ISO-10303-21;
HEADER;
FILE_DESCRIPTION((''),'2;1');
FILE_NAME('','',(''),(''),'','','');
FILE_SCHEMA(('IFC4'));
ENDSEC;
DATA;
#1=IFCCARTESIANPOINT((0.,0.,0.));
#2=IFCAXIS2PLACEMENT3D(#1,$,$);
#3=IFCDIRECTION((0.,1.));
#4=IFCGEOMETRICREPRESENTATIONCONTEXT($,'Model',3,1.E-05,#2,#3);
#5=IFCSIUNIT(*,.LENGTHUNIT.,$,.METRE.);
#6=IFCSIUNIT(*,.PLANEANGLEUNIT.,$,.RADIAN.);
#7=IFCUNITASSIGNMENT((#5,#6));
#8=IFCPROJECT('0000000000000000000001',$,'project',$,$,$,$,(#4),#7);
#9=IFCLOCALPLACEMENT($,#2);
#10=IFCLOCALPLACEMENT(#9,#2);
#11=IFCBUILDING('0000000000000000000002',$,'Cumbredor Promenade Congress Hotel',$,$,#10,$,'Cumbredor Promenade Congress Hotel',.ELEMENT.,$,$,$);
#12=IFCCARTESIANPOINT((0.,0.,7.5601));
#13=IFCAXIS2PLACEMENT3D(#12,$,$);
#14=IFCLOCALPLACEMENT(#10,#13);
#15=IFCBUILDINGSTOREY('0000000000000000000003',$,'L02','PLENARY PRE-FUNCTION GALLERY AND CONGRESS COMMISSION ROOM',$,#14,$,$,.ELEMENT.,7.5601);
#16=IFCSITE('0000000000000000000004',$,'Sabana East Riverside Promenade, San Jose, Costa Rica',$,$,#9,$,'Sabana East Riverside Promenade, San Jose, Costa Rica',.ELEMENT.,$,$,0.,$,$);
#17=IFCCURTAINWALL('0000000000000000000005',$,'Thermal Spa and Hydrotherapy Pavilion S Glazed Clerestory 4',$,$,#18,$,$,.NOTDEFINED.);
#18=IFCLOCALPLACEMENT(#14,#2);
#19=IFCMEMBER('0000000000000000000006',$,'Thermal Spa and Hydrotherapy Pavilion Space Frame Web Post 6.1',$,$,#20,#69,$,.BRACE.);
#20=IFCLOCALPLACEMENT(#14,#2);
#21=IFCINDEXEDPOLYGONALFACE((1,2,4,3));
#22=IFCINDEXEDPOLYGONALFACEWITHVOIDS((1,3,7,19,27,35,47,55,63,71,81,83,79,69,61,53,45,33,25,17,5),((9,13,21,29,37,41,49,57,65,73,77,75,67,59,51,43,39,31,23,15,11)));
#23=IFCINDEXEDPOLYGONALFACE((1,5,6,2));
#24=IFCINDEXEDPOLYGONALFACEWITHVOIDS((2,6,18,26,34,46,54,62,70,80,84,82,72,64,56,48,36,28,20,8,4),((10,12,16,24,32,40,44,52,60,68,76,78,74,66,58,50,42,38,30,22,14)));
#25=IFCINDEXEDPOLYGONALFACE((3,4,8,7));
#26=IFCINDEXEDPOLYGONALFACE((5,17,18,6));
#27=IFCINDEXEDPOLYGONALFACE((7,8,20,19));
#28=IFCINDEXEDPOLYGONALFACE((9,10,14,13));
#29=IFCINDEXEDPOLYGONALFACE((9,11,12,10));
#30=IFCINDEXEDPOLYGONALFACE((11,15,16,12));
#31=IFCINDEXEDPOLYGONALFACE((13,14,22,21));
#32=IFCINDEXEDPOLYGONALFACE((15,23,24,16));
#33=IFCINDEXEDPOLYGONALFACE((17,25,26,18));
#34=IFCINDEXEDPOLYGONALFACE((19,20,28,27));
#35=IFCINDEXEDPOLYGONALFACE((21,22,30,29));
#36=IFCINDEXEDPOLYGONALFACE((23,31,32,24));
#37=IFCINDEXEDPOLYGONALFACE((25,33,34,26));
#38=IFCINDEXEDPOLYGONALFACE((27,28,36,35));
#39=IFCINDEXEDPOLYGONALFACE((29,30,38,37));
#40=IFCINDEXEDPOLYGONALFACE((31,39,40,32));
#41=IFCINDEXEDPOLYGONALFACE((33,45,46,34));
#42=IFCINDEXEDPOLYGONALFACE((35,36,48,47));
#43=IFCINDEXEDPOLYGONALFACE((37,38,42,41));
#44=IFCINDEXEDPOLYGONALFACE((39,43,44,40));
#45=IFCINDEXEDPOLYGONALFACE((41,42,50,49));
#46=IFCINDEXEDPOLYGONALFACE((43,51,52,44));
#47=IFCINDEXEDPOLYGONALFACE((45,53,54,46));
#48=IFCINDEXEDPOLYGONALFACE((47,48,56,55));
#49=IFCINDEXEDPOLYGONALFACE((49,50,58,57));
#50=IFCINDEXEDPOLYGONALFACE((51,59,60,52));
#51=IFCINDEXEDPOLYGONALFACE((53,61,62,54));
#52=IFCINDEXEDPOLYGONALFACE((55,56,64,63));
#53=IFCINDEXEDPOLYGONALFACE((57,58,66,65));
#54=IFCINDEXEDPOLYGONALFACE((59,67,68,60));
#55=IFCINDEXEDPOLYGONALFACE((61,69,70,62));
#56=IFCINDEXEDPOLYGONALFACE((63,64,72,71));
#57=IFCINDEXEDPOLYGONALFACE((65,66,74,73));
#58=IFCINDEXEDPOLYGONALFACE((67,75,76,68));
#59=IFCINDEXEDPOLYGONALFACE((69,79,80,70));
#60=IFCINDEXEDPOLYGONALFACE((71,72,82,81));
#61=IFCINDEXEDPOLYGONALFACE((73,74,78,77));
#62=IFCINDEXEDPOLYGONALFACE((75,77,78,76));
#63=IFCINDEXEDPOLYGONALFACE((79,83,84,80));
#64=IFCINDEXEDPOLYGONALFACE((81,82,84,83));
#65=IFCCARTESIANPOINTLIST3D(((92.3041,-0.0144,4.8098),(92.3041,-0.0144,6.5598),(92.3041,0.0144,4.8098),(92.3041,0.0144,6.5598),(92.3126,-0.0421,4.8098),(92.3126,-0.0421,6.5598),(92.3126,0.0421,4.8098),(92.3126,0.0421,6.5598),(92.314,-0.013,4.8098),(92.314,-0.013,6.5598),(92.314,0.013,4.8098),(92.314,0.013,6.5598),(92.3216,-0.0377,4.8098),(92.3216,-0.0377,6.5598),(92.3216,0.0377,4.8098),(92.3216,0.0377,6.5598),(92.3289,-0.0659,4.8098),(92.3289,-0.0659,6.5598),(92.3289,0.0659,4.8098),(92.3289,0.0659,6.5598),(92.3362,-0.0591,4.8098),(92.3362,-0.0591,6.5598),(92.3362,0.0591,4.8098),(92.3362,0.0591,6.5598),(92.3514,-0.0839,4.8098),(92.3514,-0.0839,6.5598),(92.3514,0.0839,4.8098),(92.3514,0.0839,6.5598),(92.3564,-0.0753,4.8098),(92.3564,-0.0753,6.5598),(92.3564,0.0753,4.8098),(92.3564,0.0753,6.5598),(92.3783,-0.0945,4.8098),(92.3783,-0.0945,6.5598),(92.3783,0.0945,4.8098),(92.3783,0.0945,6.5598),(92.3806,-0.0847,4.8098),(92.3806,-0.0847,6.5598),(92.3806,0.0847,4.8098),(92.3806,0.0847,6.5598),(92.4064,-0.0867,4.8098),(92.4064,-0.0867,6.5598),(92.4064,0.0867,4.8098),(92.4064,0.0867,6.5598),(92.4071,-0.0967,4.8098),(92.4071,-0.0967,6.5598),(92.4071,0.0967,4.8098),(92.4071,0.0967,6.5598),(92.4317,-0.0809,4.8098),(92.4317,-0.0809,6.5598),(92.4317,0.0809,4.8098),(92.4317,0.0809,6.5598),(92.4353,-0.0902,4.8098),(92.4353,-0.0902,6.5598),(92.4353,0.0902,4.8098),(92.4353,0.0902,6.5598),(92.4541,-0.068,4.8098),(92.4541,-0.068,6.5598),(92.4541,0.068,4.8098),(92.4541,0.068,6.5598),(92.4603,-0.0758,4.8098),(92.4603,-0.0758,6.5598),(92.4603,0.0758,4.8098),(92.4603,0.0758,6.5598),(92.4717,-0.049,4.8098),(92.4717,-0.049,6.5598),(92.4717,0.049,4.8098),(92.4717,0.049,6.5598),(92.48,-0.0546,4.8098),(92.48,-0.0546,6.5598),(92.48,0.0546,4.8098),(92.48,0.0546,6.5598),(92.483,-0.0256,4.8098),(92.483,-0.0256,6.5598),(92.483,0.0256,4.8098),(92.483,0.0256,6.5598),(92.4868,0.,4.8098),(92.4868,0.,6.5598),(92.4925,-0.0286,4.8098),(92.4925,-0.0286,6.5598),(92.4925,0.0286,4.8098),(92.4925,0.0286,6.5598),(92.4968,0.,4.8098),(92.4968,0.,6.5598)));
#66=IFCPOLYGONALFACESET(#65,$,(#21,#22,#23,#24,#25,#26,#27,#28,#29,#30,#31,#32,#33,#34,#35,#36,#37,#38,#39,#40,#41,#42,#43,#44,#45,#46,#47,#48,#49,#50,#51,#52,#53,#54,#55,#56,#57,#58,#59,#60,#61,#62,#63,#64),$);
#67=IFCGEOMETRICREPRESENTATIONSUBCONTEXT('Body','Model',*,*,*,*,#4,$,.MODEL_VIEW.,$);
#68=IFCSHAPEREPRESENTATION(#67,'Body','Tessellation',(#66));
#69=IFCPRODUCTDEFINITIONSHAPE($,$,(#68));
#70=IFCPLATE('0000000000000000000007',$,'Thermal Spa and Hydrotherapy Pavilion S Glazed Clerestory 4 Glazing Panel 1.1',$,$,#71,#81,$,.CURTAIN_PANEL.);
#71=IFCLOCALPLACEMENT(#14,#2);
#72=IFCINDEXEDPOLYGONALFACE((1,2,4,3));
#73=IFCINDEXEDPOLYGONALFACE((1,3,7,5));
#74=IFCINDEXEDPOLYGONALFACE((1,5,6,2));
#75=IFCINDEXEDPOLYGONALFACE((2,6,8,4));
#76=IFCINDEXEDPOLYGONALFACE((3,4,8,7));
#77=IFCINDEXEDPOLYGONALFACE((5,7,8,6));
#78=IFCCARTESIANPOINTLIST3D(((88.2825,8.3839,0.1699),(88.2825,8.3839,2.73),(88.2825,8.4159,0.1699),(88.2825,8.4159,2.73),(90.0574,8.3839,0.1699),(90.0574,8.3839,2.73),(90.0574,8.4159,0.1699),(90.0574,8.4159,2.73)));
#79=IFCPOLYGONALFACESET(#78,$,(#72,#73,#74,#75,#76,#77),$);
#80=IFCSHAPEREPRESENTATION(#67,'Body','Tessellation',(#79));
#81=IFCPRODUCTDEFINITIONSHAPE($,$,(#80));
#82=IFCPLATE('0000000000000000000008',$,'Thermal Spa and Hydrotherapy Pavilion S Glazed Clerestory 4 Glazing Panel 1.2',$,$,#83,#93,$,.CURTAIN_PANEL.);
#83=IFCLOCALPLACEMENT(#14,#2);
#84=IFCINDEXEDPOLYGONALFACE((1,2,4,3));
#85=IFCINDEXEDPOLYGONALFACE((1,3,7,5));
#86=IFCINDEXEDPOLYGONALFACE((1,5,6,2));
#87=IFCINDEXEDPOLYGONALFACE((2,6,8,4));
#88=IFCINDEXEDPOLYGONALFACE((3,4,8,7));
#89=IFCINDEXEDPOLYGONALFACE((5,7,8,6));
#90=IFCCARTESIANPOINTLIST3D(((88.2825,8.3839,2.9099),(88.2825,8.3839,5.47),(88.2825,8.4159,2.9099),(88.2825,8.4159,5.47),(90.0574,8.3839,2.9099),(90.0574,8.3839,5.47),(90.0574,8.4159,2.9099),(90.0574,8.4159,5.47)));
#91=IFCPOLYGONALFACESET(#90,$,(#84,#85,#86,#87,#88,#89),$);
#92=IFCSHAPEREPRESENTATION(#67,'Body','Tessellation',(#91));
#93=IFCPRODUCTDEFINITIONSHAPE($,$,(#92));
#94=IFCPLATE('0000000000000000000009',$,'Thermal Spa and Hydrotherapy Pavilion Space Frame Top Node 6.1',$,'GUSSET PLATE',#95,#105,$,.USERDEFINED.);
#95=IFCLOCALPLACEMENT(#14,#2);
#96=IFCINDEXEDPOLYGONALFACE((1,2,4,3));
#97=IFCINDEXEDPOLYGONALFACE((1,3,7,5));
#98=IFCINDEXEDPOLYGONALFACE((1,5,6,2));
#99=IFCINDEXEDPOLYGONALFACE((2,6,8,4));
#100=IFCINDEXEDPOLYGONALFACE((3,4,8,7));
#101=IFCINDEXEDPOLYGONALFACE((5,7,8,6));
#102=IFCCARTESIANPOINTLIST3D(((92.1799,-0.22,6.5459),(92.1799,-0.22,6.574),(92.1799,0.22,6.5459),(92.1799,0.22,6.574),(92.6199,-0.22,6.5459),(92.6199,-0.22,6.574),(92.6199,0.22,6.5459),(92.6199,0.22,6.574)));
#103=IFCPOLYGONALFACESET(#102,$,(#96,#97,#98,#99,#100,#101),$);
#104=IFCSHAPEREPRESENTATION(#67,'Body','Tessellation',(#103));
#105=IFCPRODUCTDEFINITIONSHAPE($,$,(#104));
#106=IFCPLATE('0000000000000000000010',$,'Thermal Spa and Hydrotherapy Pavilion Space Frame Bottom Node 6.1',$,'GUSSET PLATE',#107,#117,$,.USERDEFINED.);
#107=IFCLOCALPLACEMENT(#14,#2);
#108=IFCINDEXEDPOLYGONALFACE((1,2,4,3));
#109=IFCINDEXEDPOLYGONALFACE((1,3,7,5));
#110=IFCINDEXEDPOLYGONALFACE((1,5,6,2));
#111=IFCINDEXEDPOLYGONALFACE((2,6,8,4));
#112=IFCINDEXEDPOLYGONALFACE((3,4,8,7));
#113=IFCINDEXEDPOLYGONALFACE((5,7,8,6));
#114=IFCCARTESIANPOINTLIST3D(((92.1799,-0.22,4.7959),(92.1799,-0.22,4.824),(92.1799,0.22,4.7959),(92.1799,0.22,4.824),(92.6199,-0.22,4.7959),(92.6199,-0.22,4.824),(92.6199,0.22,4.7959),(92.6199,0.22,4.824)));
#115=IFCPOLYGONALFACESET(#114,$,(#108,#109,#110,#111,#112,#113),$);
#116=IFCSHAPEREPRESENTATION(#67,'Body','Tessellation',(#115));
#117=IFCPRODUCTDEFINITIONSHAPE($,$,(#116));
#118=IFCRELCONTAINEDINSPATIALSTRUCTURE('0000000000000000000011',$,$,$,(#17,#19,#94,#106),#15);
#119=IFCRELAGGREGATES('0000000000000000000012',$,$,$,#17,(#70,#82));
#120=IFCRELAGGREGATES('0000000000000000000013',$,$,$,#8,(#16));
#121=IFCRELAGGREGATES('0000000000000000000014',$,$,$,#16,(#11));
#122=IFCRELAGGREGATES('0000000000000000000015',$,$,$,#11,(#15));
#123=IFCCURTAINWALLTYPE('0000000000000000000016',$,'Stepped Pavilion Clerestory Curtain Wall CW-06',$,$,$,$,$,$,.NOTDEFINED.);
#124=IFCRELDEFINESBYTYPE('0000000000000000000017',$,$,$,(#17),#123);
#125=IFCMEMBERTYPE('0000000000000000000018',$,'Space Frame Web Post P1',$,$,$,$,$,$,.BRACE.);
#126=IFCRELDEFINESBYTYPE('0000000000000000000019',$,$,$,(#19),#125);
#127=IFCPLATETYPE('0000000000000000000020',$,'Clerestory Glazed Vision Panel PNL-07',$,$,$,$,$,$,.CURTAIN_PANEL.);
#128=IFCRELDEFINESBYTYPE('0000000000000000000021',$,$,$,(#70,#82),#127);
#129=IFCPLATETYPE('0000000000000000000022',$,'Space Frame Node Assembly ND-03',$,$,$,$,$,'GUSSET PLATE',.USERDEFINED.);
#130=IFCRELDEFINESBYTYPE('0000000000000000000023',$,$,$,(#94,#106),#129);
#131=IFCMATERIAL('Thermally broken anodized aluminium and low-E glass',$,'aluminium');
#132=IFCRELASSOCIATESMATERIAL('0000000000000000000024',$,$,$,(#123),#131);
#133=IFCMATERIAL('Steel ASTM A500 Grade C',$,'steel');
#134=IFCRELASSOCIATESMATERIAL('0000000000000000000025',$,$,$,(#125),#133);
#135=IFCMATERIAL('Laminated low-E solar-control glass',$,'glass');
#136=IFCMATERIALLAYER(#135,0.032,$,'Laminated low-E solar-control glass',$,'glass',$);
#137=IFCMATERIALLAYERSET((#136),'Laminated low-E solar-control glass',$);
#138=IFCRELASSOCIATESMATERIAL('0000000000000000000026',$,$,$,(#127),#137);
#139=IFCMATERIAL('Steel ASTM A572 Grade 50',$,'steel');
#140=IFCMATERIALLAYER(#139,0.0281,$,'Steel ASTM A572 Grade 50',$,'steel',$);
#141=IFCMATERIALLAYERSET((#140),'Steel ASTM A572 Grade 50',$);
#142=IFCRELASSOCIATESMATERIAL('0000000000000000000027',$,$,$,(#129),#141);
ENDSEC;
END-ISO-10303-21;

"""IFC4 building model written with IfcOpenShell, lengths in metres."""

from ifc_helpers import new_model, si_unit, direction, frame, origin, origin_2d, place, context, subcontext, project, spatial, rectangle, hollow_circle, extrude, material, layer, layer_set, material_profile, profile_set, type_object, element, aggregate, save


model = new_model("IFC4")

# Units and contexts
model_context = context("Model", 3, precision=1e-05, world=origin(), true_north=direction((0.0, 1.0)))
body_context = subcontext(model_context, "Body", "Model", "MODEL_VIEW")
ifc_project = project(units=[si_unit("LENGTHUNIT", "METRE"), si_unit("PLANEANGLEUNIT", "RADIAN")], contexts=[model_context])

# Site, building, storey
site_placement = place(None, origin())
site = spatial("IfcSite", under=ifc_project, at=site_placement, Name="Sabana East Riverside Promenade, San Jose, Costa Rica", LongName="Sabana East Riverside Promenade, San Jose, Costa Rica", CompositionType="ELEMENT", RefElevation=0.0)
building_placement = place(site_placement, origin())
building = spatial("IfcBuilding", under=site, at=building_placement, Name="Cumbredor Promenade Congress Hotel", LongName="Cumbredor Promenade Congress Hotel", CompositionType="ELEMENT")
storey_placement = place(building_placement, frame((0.0, 0.0, 7.5601)))
storey = spatial("IfcBuildingStorey", under=building, at=storey_placement, Name="L02", Description="PLENARY PRE-FUNCTION GALLERY AND CONGRESS COMMISSION ROOM", CompositionType="ELEMENT", Elevation=7.5601)

# Curtain wall
ifc_material_1 = material(Name="Thermally broken anodized aluminium and low-E glass", Category="aluminium")
curtain_wall_type = type_object("IfcCurtainWallType", Name="Stepped Pavilion Clerestory Curtain Wall CW-06", PredefinedType="NOTDEFINED", material=ifc_material_1)
curtain_wall_placement = place(storey_placement, origin())
curtain_wall = element("IfcCurtainWall", 1, at=curtain_wall_placement, inside=storey, type_object=curtain_wall_type, Name="Thermal Spa and Hydrotherapy Pavilion S Glazed Clerestory 4", PredefinedType="NOTDEFINED")

# Member
ifc_material_2 = material(Name="Steel ASTM A500 Grade C", Category="steel")
ifc_material_profile_1 = material_profile(ifc_material_2, hollow_circle(Radius=0.0969, WallThickness=0.01, at=origin_2d()), Name="CHS 193.7x10")
ifc_profile_set_1 = profile_set([ifc_material_profile_1], Name="Steel ASTM A500 Grade C")
member_type_1 = type_object("IfcMemberType", Name="Space Frame Web Post P1", PredefinedType="BRACE", material=ifc_profile_set_1)
member_1_placement = place(storey_placement, frame((92.3999, 0.0, 4.8098), z_axis=(0.0, 0.0, 1.0), x_axis=(1.0, 0.0, 0.0)))
element("IfcMember", 2, at=member_1_placement, inside=storey, type_object=member_type_1, Name="Thermal Spa and Hydrotherapy Pavilion Space Frame Web Post 6.1", PredefinedType="BRACE", context=body_context, shape_type="SweptSolid", body=[
    extrude(hollow_circle(Radius=0.0969, WallThickness=0.01, at=origin_2d()), origin(), (0.0, 0.0, 1.0), 1.75),
])

# Plates
ifc_material_3 = material(Name="Laminated low-E solar-control glass", Category="glass")
ifc_layer_1 = layer(ifc_material_3, 0.032, Name="Laminated low-E solar-control glass", Category="glass")
ifc_layer_set_1 = layer_set([ifc_layer_1], Name="Laminated low-E solar-control glass")
plate_type_1 = type_object("IfcPlateType", Name="Clerestory Glazed Vision Panel PNL-07", PredefinedType="CURTAIN_PANEL", material=ifc_layer_set_1)
plate_1_placement = place(storey_placement, frame((89.1699, 8.3999, 0.1699), z_axis=(0.0, 0.0, 1.0), x_axis=(1.0, 0.0, 0.0)))
plate_1 = element("IfcPlate", 3, at=plate_1_placement, type_object=plate_type_1, Name="Thermal Spa and Hydrotherapy Pavilion S Glazed Clerestory 4 Glazing Panel 1.1", PredefinedType="CURTAIN_PANEL", context=body_context, shape_type="SweptSolid", body=[
    extrude(rectangle(XDim=1.7749, YDim=0.032, at=origin_2d()), origin(), (0.0, 0.0, 1.0), 2.5601),
])
plate_2_placement = place(storey_placement, frame((89.1699, 8.3999, 2.9099), z_axis=(0.0, 0.0, 1.0), x_axis=(1.0, 0.0, 0.0)))
plate_2 = element("IfcPlate", 4, at=plate_2_placement, type_object=plate_type_1, Name="Thermal Spa and Hydrotherapy Pavilion S Glazed Clerestory 4 Glazing Panel 1.2", PredefinedType="CURTAIN_PANEL", context=body_context, shape_type="SweptSolid", body=[
    extrude(rectangle(XDim=1.7749, YDim=0.032, at=origin_2d()), origin(), (0.0, 0.0, 1.0), 2.5601),
])
aggregate(curtain_wall, [plate_1, plate_2])

# Plates
ifc_material_4 = material(Name="Steel ASTM A572 Grade 50", Category="steel")
ifc_layer_2 = layer(ifc_material_4, 0.0281, Name="Steel ASTM A572 Grade 50", Category="steel")
ifc_layer_set_2 = layer_set([ifc_layer_2], Name="Steel ASTM A572 Grade 50")
plate_type_2 = type_object("IfcPlateType", Name="Space Frame Node Assembly ND-03", ElementType="GUSSET PLATE", PredefinedType="USERDEFINED", material=ifc_layer_set_2)
for number, where, z_axis, x_axis, name in (
    (5, (92.3999, 0.0, 6.5459), (0.0, 0.0, 1.0), (1.0, 0.0, 0.0), "Thermal Spa and Hydrotherapy Pavilion Space Frame Top Node 6.1"),
    (6, (92.3999, 0.0, 4.7959), (0.0, 0.0, 1.0), (1.0, 0.0, 0.0), "Thermal Spa and Hydrotherapy Pavilion Space Frame Bottom Node 6.1"),
):
    element("IfcPlate", number, at=place(storey_placement, frame(where, z_axis=z_axis, x_axis=x_axis)), inside=storey, type_object=plate_type_2, Name=name, ObjectType="GUSSET PLATE", PredefinedType="USERDEFINED", context=body_context, shape_type="SweptSolid", body=[
        extrude(rectangle(XDim=0.4399, YDim=0.4399, at=origin_2d()), origin(), (0.0, 0.0, 1.0), 0.0281),
    ])

save(model, "model.ifc")
